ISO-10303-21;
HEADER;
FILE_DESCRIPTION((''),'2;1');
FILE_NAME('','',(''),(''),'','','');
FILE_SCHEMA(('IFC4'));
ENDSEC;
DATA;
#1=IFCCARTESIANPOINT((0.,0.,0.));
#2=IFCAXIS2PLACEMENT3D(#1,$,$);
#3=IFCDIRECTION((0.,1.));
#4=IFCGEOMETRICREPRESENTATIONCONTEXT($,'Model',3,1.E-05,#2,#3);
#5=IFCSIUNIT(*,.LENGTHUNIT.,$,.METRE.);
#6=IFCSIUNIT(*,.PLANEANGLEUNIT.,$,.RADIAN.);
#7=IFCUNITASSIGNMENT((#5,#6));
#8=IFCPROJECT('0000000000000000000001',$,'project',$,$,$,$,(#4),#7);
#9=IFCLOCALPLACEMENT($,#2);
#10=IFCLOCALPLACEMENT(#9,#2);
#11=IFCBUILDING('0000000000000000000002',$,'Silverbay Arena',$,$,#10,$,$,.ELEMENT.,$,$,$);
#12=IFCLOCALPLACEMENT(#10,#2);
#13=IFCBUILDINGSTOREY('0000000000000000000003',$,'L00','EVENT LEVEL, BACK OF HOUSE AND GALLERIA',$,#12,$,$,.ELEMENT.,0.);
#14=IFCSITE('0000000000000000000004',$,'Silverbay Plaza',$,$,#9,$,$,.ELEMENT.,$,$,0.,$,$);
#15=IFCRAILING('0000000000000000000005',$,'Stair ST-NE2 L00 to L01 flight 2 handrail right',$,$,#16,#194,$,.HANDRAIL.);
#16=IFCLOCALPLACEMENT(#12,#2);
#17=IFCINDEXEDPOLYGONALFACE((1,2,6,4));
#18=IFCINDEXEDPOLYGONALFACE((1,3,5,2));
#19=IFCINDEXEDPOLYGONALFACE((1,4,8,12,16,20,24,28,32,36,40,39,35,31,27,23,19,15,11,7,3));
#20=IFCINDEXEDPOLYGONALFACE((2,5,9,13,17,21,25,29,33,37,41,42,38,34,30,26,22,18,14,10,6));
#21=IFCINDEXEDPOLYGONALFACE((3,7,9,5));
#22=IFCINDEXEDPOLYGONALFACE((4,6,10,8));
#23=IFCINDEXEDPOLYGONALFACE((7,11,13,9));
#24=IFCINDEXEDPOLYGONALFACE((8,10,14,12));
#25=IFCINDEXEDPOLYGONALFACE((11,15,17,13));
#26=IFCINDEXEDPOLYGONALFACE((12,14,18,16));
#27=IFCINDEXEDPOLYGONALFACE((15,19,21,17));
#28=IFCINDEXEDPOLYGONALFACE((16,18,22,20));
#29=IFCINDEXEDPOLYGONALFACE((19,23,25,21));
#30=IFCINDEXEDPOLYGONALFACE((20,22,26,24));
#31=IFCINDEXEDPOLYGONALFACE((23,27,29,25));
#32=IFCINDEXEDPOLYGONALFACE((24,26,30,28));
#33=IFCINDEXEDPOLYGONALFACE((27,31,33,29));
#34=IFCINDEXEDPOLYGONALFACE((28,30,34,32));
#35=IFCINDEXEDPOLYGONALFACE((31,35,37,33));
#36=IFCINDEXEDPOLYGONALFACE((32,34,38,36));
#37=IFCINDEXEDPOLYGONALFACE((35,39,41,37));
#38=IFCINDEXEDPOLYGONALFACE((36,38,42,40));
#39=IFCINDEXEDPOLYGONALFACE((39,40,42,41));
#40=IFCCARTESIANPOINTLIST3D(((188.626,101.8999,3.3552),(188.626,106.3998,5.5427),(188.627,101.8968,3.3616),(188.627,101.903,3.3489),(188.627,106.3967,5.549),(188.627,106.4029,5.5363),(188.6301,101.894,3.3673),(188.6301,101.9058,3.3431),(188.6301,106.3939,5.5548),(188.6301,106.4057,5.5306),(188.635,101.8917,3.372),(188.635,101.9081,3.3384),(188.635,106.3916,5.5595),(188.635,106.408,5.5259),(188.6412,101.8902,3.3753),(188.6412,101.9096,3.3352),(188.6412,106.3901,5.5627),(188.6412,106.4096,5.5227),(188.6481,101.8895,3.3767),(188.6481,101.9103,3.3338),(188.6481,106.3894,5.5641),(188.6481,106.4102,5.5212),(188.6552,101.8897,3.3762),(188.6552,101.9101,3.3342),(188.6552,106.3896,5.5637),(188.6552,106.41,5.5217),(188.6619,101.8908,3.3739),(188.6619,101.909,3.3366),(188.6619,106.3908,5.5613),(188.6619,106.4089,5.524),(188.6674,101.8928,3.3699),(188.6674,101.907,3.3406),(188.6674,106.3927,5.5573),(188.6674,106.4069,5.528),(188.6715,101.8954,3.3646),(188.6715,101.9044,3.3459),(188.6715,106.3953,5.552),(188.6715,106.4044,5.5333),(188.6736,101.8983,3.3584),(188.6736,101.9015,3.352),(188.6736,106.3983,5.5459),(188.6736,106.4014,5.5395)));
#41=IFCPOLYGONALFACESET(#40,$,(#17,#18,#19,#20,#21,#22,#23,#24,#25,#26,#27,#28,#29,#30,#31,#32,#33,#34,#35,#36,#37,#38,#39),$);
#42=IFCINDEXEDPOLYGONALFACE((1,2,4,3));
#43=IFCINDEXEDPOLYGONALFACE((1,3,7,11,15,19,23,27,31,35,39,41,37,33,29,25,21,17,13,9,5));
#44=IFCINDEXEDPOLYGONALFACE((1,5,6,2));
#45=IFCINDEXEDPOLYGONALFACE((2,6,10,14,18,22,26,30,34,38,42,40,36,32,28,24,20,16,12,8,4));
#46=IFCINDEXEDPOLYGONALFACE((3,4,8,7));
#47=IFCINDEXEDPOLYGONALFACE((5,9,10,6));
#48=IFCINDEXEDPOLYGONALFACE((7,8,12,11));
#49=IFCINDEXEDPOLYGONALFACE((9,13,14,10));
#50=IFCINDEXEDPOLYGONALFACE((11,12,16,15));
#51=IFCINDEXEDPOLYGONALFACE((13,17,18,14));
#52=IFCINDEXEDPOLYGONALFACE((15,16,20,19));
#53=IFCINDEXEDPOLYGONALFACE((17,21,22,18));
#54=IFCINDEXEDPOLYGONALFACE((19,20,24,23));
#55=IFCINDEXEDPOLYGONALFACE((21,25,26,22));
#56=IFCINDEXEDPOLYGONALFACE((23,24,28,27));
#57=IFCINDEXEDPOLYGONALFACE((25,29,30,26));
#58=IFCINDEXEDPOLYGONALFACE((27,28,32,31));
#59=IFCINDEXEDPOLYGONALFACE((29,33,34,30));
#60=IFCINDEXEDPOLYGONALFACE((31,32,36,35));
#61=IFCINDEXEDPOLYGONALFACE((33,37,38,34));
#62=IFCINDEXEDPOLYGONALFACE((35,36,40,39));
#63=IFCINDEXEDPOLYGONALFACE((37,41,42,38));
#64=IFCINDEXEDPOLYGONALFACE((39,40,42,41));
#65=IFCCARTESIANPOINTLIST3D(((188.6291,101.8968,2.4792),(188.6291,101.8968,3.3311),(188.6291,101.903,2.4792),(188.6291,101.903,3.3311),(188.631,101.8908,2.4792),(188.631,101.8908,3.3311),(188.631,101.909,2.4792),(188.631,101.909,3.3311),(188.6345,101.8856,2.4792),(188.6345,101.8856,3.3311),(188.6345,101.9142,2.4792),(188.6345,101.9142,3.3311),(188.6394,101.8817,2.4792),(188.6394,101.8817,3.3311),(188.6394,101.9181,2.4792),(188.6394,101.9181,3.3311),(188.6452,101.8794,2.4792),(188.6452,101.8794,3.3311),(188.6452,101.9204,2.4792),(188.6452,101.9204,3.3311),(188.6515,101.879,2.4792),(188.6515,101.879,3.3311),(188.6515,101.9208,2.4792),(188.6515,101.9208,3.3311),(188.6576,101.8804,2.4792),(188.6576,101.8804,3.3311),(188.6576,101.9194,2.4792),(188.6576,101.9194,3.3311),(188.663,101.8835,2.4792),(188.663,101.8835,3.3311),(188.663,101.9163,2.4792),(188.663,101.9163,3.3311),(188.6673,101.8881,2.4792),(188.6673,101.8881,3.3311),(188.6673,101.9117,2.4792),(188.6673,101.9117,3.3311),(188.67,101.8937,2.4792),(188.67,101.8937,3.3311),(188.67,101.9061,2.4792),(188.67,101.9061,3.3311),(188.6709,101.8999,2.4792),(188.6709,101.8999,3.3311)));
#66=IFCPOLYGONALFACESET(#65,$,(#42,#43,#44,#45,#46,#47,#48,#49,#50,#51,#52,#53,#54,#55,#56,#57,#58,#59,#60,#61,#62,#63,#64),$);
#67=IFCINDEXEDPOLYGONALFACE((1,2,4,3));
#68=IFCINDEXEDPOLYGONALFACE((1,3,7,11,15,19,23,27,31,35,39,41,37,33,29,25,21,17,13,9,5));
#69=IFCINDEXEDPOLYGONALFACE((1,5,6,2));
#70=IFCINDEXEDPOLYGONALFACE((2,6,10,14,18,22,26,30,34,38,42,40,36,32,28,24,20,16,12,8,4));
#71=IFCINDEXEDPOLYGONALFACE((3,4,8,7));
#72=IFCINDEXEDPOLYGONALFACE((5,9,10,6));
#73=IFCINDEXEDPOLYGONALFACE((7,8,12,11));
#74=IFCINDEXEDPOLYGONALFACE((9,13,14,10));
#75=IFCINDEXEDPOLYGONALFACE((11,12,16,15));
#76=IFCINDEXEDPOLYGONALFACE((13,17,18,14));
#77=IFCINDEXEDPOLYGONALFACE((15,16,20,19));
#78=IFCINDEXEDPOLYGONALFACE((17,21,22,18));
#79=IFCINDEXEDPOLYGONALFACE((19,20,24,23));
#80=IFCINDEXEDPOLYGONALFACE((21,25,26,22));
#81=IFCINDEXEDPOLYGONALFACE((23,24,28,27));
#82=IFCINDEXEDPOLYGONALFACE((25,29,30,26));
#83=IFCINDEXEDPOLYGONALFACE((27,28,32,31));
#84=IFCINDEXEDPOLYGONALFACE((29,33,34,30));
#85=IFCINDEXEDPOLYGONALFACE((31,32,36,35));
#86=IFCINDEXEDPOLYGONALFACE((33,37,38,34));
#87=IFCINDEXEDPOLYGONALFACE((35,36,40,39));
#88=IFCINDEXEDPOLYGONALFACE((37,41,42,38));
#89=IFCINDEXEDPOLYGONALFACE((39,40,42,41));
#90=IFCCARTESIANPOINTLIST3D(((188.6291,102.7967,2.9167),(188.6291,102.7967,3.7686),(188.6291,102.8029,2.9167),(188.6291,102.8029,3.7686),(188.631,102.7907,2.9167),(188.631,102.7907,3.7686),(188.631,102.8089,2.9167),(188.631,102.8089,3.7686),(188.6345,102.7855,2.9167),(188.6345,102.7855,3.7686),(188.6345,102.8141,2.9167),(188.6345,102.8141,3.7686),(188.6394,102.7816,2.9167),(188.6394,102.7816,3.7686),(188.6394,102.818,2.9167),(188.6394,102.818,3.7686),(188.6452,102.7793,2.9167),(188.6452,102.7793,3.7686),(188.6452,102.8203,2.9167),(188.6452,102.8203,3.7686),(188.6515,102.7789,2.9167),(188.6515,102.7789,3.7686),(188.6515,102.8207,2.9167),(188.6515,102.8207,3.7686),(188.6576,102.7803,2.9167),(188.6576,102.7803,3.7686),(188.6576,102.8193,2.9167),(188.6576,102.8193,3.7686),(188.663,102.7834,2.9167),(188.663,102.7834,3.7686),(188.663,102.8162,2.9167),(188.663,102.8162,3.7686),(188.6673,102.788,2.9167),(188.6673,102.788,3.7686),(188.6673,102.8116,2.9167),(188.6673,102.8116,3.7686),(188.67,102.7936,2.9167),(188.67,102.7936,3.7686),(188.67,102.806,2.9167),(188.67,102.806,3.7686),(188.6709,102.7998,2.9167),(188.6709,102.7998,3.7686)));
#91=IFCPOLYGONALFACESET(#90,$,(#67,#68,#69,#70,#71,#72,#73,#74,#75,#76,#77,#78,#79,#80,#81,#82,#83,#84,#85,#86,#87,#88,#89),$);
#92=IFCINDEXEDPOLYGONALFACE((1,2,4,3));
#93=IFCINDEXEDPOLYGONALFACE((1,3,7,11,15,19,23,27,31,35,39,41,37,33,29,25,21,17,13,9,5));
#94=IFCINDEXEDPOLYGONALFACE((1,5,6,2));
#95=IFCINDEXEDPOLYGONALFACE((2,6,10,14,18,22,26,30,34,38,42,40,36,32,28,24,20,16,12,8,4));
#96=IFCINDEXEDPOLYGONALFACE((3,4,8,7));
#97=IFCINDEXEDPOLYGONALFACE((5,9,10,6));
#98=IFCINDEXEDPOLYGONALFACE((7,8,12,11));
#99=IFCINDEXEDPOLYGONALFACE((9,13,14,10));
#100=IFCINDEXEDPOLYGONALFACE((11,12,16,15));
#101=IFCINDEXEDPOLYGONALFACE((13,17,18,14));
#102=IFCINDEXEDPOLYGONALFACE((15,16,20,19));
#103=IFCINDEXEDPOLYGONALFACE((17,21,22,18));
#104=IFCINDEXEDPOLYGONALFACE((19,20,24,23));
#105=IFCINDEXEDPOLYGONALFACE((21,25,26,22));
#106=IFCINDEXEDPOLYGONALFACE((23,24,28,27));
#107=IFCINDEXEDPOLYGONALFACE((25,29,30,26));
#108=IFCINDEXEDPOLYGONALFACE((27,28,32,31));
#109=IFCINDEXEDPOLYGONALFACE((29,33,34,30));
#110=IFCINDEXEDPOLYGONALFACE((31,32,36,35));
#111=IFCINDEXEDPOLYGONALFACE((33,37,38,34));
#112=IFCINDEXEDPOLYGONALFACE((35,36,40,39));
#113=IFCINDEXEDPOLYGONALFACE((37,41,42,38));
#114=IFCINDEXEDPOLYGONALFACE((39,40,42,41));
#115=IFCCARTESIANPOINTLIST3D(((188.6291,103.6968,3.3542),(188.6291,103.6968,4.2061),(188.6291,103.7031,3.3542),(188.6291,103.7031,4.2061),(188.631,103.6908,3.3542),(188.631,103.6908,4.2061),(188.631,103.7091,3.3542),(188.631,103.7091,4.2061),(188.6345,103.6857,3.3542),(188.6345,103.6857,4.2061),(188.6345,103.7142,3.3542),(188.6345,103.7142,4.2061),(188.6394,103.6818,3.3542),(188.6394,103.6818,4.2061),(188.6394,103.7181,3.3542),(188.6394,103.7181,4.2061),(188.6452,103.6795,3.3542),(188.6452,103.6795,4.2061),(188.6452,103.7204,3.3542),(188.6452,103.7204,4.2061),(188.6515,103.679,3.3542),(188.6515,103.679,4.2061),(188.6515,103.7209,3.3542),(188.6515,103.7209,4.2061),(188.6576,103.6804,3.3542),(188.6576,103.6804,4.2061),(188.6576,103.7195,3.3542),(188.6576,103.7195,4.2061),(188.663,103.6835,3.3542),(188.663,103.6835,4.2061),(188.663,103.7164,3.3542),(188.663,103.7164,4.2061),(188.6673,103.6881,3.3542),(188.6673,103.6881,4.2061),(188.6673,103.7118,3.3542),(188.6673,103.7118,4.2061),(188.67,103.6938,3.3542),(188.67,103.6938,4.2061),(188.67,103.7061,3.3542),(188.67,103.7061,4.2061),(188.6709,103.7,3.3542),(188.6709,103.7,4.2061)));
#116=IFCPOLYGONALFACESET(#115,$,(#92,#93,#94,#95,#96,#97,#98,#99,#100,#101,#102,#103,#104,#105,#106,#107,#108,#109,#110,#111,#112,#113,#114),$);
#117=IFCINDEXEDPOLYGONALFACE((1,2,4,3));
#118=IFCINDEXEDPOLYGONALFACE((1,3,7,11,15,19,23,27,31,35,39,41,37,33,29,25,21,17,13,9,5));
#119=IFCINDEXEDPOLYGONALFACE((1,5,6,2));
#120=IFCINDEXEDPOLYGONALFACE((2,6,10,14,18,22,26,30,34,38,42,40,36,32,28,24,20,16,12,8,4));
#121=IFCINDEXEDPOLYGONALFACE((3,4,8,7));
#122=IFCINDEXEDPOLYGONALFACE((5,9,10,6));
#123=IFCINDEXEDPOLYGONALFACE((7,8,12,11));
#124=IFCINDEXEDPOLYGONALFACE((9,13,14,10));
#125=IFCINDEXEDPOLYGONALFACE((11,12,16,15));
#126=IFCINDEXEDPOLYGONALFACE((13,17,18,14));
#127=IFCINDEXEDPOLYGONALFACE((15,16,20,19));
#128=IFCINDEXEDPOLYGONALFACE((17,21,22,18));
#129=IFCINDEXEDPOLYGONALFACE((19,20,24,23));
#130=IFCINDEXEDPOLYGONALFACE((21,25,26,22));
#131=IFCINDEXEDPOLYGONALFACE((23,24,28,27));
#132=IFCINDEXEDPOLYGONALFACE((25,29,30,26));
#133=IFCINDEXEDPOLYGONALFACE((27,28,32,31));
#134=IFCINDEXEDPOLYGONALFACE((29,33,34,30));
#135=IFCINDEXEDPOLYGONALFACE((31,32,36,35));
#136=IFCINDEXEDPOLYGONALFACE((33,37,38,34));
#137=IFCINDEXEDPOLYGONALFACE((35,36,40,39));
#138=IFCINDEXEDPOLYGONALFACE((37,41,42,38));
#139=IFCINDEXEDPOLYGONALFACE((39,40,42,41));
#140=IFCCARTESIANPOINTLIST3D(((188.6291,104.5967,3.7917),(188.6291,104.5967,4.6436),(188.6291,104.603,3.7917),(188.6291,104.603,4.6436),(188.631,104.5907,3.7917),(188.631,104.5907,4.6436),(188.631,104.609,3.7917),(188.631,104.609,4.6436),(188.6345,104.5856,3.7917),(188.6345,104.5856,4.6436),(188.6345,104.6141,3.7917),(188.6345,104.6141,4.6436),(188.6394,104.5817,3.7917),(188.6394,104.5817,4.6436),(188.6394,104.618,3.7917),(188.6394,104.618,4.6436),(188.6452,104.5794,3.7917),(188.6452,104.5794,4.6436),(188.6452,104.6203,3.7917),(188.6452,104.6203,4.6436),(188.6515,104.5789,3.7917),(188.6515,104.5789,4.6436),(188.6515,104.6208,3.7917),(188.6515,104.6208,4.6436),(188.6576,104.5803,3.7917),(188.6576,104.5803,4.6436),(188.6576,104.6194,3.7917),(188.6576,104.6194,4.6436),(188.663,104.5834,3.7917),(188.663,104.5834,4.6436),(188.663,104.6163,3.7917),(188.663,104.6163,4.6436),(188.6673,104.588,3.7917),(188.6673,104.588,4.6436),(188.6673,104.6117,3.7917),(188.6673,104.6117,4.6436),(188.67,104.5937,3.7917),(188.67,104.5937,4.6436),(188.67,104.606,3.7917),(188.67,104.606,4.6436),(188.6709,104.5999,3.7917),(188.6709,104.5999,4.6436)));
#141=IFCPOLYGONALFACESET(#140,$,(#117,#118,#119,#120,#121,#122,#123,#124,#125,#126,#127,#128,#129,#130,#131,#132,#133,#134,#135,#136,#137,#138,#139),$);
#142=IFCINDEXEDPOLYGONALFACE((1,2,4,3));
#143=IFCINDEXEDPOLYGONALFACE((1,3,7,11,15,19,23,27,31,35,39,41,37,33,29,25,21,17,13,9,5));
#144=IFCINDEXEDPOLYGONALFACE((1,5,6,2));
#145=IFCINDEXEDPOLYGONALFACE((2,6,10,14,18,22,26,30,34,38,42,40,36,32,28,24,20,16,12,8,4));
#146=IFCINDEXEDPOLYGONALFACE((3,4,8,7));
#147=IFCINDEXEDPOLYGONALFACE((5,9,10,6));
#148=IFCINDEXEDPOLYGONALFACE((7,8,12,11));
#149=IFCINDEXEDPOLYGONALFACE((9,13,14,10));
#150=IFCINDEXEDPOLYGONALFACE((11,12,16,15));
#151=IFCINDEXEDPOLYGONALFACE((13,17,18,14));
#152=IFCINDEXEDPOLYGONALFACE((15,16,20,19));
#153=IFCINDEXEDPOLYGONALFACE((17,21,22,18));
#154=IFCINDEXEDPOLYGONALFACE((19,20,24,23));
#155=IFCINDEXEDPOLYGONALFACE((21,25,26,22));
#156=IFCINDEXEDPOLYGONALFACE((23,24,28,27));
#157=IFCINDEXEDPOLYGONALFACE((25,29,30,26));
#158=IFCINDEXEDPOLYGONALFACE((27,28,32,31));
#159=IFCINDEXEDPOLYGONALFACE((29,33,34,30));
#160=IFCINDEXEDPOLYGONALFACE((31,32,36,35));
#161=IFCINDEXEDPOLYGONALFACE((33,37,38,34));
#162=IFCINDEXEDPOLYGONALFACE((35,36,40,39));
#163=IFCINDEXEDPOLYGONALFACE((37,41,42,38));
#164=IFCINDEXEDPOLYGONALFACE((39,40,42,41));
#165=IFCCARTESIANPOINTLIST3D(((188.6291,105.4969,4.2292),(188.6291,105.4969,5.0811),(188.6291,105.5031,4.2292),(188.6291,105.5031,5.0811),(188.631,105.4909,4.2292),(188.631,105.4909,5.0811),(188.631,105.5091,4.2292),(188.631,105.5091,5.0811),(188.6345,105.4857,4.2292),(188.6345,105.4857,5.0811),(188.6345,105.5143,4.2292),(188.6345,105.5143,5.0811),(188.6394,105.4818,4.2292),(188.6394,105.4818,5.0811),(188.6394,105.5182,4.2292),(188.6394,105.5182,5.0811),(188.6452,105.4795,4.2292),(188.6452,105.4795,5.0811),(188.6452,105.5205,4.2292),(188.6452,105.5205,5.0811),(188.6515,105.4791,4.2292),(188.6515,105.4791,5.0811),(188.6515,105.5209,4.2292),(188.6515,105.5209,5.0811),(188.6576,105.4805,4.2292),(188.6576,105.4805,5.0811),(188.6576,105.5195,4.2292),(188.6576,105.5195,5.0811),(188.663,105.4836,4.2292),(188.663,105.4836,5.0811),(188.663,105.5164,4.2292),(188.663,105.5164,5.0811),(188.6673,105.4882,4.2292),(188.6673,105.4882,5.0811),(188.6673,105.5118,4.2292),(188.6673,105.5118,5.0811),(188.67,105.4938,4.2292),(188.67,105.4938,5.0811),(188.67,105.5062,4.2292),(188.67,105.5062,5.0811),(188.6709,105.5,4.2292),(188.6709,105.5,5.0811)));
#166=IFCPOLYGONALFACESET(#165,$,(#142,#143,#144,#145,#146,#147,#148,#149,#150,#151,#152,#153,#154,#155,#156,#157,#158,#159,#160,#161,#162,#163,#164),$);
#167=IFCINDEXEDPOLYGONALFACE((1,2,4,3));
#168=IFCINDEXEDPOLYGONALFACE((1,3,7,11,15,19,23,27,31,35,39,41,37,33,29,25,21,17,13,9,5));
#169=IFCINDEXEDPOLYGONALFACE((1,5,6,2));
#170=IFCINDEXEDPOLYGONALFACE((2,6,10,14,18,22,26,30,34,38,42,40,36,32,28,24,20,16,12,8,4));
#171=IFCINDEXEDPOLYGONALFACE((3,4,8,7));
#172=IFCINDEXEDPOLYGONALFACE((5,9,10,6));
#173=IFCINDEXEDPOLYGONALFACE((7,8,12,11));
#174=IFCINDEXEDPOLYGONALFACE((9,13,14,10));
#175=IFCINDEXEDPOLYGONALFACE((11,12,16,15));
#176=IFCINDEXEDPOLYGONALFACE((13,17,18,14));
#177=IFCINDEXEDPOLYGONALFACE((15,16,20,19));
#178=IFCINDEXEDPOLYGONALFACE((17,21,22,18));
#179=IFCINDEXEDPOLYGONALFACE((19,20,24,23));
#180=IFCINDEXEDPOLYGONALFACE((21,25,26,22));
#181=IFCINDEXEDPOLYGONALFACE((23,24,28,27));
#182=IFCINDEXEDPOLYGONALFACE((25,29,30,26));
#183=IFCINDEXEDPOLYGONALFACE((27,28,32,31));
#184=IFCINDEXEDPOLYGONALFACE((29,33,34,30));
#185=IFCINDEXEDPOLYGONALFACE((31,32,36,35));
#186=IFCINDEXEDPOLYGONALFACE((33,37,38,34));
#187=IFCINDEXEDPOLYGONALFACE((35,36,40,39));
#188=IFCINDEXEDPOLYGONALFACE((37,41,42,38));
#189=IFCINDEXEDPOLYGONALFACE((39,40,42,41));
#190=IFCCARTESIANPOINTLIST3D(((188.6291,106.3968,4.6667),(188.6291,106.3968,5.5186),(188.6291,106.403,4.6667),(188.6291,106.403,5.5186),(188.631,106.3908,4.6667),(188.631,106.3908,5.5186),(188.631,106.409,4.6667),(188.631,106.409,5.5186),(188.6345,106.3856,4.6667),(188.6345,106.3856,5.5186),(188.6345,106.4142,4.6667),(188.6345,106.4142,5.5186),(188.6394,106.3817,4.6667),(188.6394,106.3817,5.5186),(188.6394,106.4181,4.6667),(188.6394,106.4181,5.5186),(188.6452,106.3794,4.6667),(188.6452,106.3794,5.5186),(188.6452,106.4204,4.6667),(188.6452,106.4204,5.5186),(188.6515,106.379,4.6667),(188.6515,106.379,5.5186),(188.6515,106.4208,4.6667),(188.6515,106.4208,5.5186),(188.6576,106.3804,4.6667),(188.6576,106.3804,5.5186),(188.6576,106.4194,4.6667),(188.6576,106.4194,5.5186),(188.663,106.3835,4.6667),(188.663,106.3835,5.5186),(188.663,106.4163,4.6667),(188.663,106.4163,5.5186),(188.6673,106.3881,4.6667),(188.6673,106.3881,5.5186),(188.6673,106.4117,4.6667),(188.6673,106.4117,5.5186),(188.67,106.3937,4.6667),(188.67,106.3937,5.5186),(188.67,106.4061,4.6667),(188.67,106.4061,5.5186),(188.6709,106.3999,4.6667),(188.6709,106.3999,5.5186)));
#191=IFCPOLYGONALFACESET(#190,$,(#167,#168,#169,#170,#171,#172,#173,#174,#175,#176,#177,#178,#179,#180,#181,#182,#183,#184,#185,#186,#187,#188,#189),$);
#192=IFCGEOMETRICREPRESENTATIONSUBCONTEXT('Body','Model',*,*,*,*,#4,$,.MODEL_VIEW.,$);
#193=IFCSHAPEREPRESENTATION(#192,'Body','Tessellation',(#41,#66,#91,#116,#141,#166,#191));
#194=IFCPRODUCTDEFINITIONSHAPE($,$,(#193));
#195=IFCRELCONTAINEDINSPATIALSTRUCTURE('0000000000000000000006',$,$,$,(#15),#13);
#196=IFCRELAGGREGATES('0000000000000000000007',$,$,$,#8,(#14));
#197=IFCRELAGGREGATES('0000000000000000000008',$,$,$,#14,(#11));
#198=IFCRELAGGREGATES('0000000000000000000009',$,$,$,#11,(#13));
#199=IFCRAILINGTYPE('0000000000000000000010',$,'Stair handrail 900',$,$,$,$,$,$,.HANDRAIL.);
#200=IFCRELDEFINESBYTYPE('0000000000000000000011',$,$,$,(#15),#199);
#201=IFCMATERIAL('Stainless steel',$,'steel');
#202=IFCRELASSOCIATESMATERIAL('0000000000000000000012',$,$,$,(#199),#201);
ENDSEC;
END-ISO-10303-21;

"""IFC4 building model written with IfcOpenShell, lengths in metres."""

from ifc_helpers import new_model, si_unit, direction, frame, origin, origin_2d, place, context, subcontext, project, spatial, circle, extrude, material, type_object, element, save


model = new_model("IFC4")

# Units and contexts
model_context = context("Model", 3, precision=1e-05, world=origin(), true_north=direction((0.0, 1.0)))
body_context = subcontext(model_context, "Body", "Model", "MODEL_VIEW")
ifc_project = project(units=[si_unit("LENGTHUNIT", "METRE"), si_unit("PLANEANGLEUNIT", "RADIAN")], contexts=[model_context])

# Site, building, storey
site_placement = place(None, origin())
site = spatial("IfcSite", under=ifc_project, at=site_placement, Name="Silverbay Plaza", CompositionType="ELEMENT", RefElevation=0.0)
building_placement = place(site_placement, origin())
building = spatial("IfcBuilding", under=site, at=building_placement, Name="Silverbay Arena", CompositionType="ELEMENT")
storey_placement = place(building_placement, origin())
storey = spatial("IfcBuildingStorey", under=building, at=storey_placement, Name="L00", Description="EVENT LEVEL, BACK OF HOUSE AND GALLERIA", CompositionType="ELEMENT", Elevation=0.0)

# Railing
ifc_material_1 = material(Name="Stainless steel", Category="steel")
railing_type_1 = type_object("IfcRailingType", Name="Stair handrail 900", PredefinedType="HANDRAIL", material=ifc_material_1)
for number, where, name in (
    (1, (188.6499, 101.8999, 2.4792), "Stair ST-NE2 L00 to L01 flight 2 handrail right"),
):
    element("IfcRailing", number, at=place(storey_placement, frame(where)), inside=storey, type_object=railing_type_1, Name=name, PredefinedType="HANDRAIL", context=body_context, shape_type="SweptSolid", body=[
        extrude(circle(Radius=0.0239, at=origin_2d()), frame((0.0, 0.0, 0.876), z_axis=(0.0, 0.899368, 0.437193), x_axis=(-1.0, 0.0, 0.0)), (0.0, 0.0, 1.0), 5.0034),
        extrude(circle(Radius=0.021, at=origin_2d()), origin(), (0.0, 0.0, 1.0), 0.8518),
        extrude(circle(Radius=0.021, at=origin_2d()), frame((0.0, 0.8999, 0.4375)), (0.0, 0.0, 1.0), 0.8518),
        extrude(circle(Radius=0.021, at=origin_2d()), frame((0.0, 1.8, 0.875)), (0.0, 0.0, 1.0), 0.8518),
        extrude(circle(Radius=0.021, at=origin_2d()), frame((0.0, 2.7, 1.3125)), (0.0, 0.0, 1.0), 0.8518),
        extrude(circle(Radius=0.021, at=origin_2d()), frame((0.0, 3.6001, 1.75)), (0.0, 0.0, 1.0), 0.8518),
        extrude(circle(Radius=0.021, at=origin_2d()), frame((0.0, 4.5, 2.1875)), (0.0, 0.0, 1.0), 0.8518),
    ])

save(model, "model.ifc")
